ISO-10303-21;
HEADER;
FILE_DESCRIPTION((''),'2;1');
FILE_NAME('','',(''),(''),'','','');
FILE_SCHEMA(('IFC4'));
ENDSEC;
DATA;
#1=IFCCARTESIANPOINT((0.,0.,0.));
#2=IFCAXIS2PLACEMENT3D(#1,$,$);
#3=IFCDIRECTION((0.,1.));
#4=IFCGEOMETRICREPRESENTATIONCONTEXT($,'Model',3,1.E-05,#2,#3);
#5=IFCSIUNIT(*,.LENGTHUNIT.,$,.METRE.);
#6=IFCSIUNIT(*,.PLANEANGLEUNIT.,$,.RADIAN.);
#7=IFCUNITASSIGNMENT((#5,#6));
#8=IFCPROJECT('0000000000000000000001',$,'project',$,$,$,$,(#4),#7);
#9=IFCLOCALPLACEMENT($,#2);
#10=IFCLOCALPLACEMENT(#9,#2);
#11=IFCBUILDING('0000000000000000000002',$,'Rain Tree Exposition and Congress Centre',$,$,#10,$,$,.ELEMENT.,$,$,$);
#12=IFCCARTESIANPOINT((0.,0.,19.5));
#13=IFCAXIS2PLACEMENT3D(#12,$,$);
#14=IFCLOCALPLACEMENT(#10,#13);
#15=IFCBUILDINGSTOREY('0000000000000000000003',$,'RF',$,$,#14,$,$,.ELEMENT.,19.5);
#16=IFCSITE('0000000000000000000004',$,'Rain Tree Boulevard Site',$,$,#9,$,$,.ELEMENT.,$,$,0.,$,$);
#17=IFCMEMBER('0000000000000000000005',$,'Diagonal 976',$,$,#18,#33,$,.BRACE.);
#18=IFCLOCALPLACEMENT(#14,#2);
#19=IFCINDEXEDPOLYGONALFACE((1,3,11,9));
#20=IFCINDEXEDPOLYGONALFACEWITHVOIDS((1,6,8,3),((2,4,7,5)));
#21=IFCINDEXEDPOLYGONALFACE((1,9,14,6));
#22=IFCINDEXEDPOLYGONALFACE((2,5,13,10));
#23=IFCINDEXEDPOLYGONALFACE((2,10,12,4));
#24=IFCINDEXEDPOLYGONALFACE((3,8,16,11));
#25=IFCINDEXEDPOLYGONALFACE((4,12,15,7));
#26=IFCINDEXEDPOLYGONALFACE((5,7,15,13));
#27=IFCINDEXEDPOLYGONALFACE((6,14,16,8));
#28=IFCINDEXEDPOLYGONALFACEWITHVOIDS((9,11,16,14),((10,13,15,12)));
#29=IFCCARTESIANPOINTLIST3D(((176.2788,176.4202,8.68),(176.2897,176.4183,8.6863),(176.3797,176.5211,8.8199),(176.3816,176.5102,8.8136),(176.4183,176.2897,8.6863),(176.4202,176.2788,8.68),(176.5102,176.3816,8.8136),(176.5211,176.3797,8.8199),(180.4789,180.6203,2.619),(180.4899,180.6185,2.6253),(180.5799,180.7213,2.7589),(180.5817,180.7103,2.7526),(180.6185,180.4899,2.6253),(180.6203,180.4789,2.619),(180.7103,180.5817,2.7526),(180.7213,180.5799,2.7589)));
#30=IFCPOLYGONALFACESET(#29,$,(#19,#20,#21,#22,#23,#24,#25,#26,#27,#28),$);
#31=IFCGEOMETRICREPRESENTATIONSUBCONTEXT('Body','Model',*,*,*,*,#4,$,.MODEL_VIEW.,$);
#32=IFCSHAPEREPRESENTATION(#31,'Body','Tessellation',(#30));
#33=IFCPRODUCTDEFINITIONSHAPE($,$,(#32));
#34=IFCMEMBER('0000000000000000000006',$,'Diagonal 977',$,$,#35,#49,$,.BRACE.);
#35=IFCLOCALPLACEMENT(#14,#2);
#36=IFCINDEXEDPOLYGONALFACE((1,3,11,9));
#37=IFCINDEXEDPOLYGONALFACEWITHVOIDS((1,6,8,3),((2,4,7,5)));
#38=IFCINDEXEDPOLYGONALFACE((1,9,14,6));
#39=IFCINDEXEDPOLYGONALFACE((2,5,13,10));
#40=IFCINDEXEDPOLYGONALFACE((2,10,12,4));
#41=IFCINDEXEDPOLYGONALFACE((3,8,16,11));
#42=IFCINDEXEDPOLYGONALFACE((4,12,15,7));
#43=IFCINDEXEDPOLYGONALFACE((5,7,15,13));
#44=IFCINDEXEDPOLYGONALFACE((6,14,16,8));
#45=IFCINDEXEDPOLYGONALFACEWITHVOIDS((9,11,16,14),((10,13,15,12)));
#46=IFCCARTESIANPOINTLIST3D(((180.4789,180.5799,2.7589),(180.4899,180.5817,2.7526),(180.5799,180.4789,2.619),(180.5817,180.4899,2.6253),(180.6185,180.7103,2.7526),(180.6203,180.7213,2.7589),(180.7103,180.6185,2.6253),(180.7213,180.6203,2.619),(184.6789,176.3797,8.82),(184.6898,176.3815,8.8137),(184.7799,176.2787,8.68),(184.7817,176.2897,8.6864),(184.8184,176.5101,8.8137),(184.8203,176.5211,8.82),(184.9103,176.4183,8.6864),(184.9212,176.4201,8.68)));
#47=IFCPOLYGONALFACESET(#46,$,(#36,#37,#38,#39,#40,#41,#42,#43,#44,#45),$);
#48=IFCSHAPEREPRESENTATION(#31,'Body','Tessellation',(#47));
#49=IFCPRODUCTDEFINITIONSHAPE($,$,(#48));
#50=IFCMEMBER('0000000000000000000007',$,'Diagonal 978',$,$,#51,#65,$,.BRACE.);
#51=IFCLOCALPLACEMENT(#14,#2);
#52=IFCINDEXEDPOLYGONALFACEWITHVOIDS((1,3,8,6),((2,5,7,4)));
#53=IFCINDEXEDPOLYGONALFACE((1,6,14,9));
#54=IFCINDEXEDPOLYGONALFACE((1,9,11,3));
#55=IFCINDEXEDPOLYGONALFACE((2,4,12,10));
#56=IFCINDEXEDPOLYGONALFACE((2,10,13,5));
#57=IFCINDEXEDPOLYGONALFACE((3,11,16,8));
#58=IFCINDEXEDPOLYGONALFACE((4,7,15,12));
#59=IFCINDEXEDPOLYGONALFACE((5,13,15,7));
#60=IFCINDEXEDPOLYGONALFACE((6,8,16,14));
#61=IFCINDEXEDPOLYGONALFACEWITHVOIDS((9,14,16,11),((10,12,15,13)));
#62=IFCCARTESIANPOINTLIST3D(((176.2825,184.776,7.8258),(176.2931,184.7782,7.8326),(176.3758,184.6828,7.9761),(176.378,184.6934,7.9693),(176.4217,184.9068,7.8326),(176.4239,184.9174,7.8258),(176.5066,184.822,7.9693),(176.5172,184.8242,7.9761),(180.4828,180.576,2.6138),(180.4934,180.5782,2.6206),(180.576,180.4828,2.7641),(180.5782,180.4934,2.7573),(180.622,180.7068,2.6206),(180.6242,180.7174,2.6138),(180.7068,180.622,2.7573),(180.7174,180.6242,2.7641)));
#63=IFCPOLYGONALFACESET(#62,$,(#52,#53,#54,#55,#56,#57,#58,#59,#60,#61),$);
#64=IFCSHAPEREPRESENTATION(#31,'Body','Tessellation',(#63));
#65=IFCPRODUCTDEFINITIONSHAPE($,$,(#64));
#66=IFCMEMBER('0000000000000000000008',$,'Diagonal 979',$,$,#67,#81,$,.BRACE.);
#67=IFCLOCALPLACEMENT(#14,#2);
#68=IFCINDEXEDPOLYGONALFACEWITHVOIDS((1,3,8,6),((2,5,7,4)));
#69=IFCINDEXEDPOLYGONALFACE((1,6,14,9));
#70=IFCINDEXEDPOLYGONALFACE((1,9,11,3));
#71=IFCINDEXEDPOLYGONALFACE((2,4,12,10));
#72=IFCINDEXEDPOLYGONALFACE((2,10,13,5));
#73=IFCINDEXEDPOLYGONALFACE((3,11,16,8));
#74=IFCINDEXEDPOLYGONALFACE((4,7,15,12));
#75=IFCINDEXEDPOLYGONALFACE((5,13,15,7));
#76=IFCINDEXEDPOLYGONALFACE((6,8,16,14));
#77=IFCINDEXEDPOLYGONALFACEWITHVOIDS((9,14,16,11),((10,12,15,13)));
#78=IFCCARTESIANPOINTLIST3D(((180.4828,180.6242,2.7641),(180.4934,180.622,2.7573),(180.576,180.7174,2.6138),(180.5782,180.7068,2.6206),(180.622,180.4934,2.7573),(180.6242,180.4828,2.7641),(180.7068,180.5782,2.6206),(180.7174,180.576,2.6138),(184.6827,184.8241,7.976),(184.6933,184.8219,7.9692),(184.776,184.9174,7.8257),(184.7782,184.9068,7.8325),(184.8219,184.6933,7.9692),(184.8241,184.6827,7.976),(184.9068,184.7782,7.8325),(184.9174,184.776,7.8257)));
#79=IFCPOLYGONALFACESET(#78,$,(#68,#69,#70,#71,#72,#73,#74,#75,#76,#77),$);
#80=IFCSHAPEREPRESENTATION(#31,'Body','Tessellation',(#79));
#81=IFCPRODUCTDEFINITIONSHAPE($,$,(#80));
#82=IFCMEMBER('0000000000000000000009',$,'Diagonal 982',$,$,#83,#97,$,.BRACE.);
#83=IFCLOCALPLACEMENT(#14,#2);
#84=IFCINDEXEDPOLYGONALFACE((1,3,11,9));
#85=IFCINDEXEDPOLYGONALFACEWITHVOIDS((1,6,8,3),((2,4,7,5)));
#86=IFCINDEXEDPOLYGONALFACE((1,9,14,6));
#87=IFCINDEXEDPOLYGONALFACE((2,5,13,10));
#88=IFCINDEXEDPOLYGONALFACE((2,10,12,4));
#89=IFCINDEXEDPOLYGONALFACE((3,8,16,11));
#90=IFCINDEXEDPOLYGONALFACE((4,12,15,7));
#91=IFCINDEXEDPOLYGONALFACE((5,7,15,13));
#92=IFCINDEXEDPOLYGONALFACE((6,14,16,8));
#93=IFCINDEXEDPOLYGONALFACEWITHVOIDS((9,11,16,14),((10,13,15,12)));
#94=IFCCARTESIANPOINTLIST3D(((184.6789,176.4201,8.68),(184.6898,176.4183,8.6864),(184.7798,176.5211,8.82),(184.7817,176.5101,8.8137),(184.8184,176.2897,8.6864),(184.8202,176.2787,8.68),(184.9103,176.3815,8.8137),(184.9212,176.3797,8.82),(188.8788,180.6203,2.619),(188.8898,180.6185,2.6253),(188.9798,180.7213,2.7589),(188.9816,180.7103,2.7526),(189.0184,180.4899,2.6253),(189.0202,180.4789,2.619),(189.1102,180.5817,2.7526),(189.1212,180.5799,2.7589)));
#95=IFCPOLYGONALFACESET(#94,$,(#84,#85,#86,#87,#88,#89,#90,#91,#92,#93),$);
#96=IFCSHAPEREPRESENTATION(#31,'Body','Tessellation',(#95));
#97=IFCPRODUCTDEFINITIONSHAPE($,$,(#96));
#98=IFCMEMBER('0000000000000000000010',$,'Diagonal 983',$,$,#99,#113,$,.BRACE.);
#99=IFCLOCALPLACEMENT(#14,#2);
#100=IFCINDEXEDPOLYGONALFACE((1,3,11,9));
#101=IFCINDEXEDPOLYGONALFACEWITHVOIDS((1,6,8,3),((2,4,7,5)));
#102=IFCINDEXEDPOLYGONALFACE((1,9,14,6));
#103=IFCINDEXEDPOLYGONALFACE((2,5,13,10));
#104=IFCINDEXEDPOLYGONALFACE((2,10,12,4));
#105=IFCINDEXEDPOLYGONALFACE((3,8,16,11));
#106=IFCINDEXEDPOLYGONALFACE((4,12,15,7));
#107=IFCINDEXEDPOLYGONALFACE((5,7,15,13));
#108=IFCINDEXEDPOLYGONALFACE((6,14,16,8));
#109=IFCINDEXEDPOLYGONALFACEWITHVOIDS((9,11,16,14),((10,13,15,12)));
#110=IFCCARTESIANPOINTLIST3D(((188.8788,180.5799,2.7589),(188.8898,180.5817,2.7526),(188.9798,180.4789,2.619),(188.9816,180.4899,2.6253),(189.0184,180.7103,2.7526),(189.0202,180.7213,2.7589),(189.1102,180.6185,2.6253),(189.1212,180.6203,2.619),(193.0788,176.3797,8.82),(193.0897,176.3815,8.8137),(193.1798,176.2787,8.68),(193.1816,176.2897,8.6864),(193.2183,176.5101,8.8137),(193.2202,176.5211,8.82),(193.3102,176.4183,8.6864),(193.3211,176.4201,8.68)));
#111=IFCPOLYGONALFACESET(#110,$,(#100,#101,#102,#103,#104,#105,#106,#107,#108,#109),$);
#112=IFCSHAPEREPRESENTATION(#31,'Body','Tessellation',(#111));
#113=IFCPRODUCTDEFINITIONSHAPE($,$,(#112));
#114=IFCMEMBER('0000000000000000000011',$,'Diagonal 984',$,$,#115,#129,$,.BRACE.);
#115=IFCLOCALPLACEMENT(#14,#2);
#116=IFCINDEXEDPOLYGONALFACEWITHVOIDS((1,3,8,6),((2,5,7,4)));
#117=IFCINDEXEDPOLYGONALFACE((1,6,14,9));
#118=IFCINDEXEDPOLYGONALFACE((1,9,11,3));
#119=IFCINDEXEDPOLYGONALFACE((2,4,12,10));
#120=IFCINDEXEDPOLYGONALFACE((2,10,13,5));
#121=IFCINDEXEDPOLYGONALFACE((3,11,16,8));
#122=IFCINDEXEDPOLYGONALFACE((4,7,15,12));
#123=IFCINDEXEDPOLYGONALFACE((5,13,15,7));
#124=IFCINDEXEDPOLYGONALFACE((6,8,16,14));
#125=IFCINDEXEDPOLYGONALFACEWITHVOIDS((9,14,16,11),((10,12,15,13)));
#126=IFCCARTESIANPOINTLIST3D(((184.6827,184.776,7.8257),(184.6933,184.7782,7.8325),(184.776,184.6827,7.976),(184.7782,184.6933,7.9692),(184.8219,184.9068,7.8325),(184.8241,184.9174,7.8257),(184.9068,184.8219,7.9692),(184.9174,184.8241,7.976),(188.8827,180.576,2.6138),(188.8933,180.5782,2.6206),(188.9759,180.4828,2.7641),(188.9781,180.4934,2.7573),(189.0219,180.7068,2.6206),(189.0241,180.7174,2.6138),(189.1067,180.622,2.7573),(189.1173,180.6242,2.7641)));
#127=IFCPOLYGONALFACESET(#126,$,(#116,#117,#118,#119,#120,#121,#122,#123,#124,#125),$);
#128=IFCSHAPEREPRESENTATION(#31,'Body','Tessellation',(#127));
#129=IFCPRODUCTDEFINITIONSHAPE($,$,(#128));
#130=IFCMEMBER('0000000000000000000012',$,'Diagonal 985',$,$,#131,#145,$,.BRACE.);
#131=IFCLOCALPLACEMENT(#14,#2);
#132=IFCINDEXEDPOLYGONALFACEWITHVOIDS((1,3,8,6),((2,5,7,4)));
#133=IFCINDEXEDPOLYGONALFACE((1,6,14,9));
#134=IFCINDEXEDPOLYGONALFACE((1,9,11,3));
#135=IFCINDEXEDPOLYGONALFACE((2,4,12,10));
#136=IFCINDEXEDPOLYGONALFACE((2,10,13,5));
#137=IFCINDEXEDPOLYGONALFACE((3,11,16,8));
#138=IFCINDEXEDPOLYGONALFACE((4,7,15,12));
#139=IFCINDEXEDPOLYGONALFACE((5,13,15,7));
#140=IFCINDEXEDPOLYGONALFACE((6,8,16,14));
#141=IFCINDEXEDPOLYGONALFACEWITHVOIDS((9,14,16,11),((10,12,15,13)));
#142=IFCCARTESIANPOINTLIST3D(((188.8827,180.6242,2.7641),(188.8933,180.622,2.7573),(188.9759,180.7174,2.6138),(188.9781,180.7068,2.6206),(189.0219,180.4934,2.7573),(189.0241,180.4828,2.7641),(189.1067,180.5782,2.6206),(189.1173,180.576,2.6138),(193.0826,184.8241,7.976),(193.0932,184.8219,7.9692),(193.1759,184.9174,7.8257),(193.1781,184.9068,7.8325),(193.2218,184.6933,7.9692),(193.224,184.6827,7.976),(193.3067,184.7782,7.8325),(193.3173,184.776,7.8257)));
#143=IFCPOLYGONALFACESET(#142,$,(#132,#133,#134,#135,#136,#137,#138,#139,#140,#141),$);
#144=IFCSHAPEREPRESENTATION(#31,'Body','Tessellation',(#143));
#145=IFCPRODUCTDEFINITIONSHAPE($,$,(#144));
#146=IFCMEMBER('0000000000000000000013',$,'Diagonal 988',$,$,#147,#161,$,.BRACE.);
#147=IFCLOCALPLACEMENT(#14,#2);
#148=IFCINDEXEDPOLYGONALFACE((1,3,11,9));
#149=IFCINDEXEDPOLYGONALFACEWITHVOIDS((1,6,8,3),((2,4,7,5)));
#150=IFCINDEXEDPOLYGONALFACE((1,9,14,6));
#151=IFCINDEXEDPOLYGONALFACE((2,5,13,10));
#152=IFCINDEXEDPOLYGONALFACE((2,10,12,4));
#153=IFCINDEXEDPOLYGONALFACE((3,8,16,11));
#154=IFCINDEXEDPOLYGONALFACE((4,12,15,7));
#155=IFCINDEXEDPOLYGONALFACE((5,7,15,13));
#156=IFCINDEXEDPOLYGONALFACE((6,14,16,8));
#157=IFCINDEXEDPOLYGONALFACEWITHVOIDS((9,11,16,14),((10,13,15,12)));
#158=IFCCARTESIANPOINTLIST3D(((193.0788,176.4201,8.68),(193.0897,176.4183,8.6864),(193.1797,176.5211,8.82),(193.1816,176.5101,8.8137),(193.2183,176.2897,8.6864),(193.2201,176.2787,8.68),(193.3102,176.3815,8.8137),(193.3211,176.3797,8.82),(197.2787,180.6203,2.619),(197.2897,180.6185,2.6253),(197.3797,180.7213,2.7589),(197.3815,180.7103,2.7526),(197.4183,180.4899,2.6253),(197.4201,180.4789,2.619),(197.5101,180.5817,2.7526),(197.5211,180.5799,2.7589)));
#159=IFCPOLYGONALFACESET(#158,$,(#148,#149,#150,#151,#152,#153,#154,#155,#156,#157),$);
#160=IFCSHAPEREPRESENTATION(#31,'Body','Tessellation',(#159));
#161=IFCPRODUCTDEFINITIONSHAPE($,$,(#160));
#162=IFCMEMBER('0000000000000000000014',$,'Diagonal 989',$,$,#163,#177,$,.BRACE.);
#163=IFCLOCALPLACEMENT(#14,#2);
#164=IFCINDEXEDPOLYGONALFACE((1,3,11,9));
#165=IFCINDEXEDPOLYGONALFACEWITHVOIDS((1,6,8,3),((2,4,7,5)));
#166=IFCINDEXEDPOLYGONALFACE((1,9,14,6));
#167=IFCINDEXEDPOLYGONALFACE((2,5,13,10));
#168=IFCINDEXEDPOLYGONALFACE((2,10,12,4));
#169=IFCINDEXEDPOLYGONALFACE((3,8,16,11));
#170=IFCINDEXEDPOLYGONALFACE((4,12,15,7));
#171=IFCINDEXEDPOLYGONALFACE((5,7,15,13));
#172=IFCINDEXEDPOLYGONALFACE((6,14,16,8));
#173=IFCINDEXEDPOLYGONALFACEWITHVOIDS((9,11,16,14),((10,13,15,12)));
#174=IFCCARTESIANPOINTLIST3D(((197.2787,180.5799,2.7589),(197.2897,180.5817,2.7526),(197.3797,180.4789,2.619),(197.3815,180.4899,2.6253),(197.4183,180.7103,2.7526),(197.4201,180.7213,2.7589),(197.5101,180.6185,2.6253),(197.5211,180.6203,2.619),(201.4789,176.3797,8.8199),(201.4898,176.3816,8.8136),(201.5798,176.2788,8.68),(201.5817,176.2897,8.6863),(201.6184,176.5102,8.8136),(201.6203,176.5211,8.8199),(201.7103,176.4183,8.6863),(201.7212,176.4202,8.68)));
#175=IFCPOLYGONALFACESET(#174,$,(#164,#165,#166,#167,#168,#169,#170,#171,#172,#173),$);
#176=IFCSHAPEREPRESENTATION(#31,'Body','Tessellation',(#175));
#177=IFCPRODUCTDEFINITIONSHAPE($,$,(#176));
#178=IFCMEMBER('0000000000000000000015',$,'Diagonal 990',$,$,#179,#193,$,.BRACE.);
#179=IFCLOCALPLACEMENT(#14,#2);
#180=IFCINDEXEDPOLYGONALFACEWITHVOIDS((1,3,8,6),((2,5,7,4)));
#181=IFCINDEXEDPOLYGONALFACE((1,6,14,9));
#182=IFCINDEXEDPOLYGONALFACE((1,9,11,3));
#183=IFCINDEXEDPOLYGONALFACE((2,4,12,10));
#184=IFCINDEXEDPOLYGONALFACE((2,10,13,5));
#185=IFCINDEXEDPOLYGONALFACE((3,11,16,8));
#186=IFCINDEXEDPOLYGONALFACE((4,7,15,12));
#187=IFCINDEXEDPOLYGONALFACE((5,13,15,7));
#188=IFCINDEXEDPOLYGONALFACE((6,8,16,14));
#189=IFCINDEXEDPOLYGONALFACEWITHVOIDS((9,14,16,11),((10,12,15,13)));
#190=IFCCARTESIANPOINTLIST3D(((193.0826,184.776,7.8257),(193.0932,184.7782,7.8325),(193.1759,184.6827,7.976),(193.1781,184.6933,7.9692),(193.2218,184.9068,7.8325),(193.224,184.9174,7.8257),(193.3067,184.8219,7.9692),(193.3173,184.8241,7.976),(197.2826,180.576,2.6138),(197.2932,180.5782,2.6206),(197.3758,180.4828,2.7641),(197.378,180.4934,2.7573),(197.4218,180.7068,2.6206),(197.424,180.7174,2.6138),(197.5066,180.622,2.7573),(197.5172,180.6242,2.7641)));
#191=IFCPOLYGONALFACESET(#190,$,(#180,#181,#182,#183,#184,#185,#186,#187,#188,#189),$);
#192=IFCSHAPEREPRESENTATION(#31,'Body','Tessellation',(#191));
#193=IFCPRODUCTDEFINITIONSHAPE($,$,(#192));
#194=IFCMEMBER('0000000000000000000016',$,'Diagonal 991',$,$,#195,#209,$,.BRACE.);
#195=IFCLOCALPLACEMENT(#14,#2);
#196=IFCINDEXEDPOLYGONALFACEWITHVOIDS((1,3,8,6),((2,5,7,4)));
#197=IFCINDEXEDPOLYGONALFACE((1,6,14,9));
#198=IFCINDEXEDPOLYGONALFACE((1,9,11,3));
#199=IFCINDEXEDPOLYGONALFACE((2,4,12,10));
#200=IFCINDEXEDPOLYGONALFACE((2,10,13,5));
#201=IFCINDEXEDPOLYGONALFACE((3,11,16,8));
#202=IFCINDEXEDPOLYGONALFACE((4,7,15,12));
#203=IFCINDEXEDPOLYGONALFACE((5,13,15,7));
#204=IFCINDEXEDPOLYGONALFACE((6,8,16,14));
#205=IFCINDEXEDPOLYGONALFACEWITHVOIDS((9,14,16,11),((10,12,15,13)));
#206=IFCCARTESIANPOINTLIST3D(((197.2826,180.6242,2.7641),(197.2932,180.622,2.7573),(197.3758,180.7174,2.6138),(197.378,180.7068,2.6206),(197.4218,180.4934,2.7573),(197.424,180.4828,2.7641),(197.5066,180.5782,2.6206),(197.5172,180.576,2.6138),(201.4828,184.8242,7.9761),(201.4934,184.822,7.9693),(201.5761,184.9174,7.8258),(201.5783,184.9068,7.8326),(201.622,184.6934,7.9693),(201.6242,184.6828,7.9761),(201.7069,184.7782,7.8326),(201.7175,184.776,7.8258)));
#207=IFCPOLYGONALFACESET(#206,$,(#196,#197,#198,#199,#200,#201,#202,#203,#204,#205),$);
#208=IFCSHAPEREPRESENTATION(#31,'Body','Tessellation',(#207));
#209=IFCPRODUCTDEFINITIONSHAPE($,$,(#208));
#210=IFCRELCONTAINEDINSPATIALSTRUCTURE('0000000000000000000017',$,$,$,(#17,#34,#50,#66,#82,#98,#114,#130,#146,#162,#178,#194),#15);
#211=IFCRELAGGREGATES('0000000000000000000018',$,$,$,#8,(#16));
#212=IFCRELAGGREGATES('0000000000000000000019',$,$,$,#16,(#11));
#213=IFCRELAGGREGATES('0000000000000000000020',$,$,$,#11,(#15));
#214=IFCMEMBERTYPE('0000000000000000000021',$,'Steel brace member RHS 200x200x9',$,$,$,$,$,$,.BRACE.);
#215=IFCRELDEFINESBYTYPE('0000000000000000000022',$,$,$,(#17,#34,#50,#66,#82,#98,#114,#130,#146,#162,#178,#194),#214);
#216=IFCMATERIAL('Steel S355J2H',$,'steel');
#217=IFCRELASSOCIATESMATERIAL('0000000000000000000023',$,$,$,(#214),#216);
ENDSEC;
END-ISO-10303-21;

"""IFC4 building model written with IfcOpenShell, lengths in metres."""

from ifc_helpers import new_model, si_unit, direction, frame, origin, origin_2d, place, context, subcontext, project, spatial, hollow_rectangle, extrude, material, material_profile, profile_set, type_object, element, save


model = new_model("IFC4")

# Units and contexts
model_context = context("Model", 3, precision=1e-05, world=origin(), true_north=direction((0.0, 1.0)))
body_context = subcontext(model_context, "Body", "Model", "MODEL_VIEW")
ifc_project = project(units=[si_unit("LENGTHUNIT", "METRE"), si_unit("PLANEANGLEUNIT", "RADIAN")], contexts=[model_context])

# Site, building, storey
site_placement = place(None, origin())
site = spatial("IfcSite", under=ifc_project, at=site_placement, Name="Rain Tree Boulevard Site", CompositionType="ELEMENT", RefElevation=0.0)
building_placement = place(site_placement, origin())
building = spatial("IfcBuilding", under=site, at=building_placement, Name="Rain Tree Exposition and Congress Centre", CompositionType="ELEMENT")
storey_placement = place(building_placement, frame((0.0, 0.0, 19.5)))
storey = spatial("IfcBuildingStorey", under=building, at=storey_placement, Name="RF", CompositionType="ELEMENT", Elevation=19.5)

# Members
ifc_material_1 = material(Name="Steel S355J2H", Category="steel")
ifc_material_profile_1 = material_profile(ifc_material_1, hollow_rectangle(XDim=0.2, YDim=0.2, WallThickness=0.009, at=origin_2d()), Name="RHS 200x200x9")
ifc_profile_set_1 = profile_set([ifc_material_profile_1], Name="Steel S355J2H")
member_type_1 = type_object("IfcMemberType", Name="Steel brace member RHS 200x200x9", PredefinedType="BRACE", material=ifc_profile_set_1)
for number, where, z_axis, x_axis, name in (
    (1, (180.6001, 180.6001, 2.689), (-0.494931, -0.494931, 0.714203), (0.707107, -0.707107, 0.0), "Diagonal 976"),
    (2, (180.6001, 180.6001, 2.689), (0.494909, -0.494938, 0.714214), (0.707127, 0.707086, 0.0), "Diagonal 977"),
):
    element("IfcMember", number, at=place(storey_placement, frame(where, z_axis=z_axis, x_axis=x_axis)), inside=storey, type_object=member_type_1, Name=name, PredefinedType="BRACE", context=body_context, shape_type="SweptSolid", body=[
        extrude(hollow_rectangle(XDim=0.2, YDim=0.2, WallThickness=0.009, at=origin_2d()), origin(), (0.0, 0.0, 1.0), 8.4863),
    ])
member_1_placement = place(storey_placement, frame((180.6001, 180.6001, 2.689), z_axis=(-0.53152, 0.531489, 0.65955), x_axis=(-0.707086, -0.707127, 0.0)))
element("IfcMember", 3, at=member_1_placement, inside=storey, type_object=member_type_1, Name="Diagonal 978", PredefinedType="BRACE", context=body_context, shape_type="SweptSolid", body=[
    extrude(hollow_rectangle(XDim=0.2, YDim=0.2, WallThickness=0.009, at=origin_2d()), origin(), (0.0, 0.0, 1.0), 7.9023),
])
member_2_placement = place(storey_placement, frame((180.6001, 180.6001, 2.689), z_axis=(0.531498, 0.531498, 0.65956), x_axis=(-0.707107, 0.707107, 0.0)))
element("IfcMember", 4, at=member_2_placement, inside=storey, type_object=member_type_1, Name="Diagonal 979", PredefinedType="BRACE", context=body_context, shape_type="SweptSolid", body=[
    extrude(hollow_rectangle(XDim=0.2, YDim=0.2, WallThickness=0.009, at=origin_2d()), origin(), (0.0, 0.0, 1.0), 7.9021),
])
for number, where, z_axis, x_axis, name in (
    (5, (189.0, 180.6001, 2.689), (-0.494909, -0.494938, 0.714214), (0.707127, -0.707086, 0.0), "Diagonal 982"),
    (6, (189.0, 180.6001, 2.689), (0.494909, -0.494938, 0.714214), (0.707127, 0.707086, 0.0), "Diagonal 983"),
):
    element("IfcMember", number, at=place(storey_placement, frame(where, z_axis=z_axis, x_axis=x_axis)), inside=storey, type_object=member_type_1, Name=name, PredefinedType="BRACE", context=body_context, shape_type="SweptSolid", body=[
        extrude(hollow_rectangle(XDim=0.2, YDim=0.2, WallThickness=0.009, at=origin_2d()), origin(), (0.0, 0.0, 1.0), 8.4863),
    ])
for number, where, z_axis, x_axis, name in (
    (7, (189.0, 180.6001, 2.689), (-0.531498, 0.531498, 0.65956), (-0.707107, -0.707107, 0.0), "Diagonal 984"),
    (8, (189.0, 180.6001, 2.689), (0.531498, 0.531498, 0.65956), (-0.707107, 0.707107, 0.0), "Diagonal 985"),
):
    element("IfcMember", number, at=place(storey_placement, frame(where, z_axis=z_axis, x_axis=x_axis)), inside=storey, type_object=member_type_1, Name=name, PredefinedType="BRACE", context=body_context, shape_type="SweptSolid", body=[
        extrude(hollow_rectangle(XDim=0.2, YDim=0.2, WallThickness=0.009, at=origin_2d()), origin(), (0.0, 0.0, 1.0), 7.9021),
    ])
for number, where, z_axis, x_axis, name in (
    (9, (197.3999, 180.6001, 2.689), (-0.494909, -0.494938, 0.714214), (0.707127, -0.707086, 0.0), "Diagonal 988"),
    (10, (197.3999, 180.6001, 2.689), (0.494931, -0.494931, 0.714203), (0.707107, 0.707107, 0.0), "Diagonal 989"),
):
    element("IfcMember", number, at=place(storey_placement, frame(where, z_axis=z_axis, x_axis=x_axis)), inside=storey, type_object=member_type_1, Name=name, PredefinedType="BRACE", context=body_context, shape_type="SweptSolid", body=[
        extrude(hollow_rectangle(XDim=0.2, YDim=0.2, WallThickness=0.009, at=origin_2d()), origin(), (0.0, 0.0, 1.0), 8.4863),
    ])
member_3_placement = place(storey_placement, frame((197.3999, 180.6001, 2.689), z_axis=(-0.531498, 0.531498, 0.65956), x_axis=(-0.707107, -0.707107, 0.0)))
element("IfcMember", 11, at=member_3_placement, inside=storey, type_object=member_type_1, Name="Diagonal 990", PredefinedType="BRACE", context=body_context, shape_type="SweptSolid", body=[
    extrude(hollow_rectangle(XDim=0.2, YDim=0.2, WallThickness=0.009, at=origin_2d()), origin(), (0.0, 0.0, 1.0), 7.9021),
])
member_4_placement = place(storey_placement, frame((197.3999, 180.6001, 2.689), z_axis=(0.53152, 0.531489, 0.65955), x_axis=(-0.707086, 0.707127, 0.0)))
element("IfcMember", 12, at=member_4_placement, inside=storey, type_object=member_type_1, Name="Diagonal 991", PredefinedType="BRACE", context=body_context, shape_type="SweptSolid", body=[
    extrude(hollow_rectangle(XDim=0.2, YDim=0.2, WallThickness=0.009, at=origin_2d()), origin(), (0.0, 0.0, 1.0), 7.9023),
])

save(model, "model.ifc")
